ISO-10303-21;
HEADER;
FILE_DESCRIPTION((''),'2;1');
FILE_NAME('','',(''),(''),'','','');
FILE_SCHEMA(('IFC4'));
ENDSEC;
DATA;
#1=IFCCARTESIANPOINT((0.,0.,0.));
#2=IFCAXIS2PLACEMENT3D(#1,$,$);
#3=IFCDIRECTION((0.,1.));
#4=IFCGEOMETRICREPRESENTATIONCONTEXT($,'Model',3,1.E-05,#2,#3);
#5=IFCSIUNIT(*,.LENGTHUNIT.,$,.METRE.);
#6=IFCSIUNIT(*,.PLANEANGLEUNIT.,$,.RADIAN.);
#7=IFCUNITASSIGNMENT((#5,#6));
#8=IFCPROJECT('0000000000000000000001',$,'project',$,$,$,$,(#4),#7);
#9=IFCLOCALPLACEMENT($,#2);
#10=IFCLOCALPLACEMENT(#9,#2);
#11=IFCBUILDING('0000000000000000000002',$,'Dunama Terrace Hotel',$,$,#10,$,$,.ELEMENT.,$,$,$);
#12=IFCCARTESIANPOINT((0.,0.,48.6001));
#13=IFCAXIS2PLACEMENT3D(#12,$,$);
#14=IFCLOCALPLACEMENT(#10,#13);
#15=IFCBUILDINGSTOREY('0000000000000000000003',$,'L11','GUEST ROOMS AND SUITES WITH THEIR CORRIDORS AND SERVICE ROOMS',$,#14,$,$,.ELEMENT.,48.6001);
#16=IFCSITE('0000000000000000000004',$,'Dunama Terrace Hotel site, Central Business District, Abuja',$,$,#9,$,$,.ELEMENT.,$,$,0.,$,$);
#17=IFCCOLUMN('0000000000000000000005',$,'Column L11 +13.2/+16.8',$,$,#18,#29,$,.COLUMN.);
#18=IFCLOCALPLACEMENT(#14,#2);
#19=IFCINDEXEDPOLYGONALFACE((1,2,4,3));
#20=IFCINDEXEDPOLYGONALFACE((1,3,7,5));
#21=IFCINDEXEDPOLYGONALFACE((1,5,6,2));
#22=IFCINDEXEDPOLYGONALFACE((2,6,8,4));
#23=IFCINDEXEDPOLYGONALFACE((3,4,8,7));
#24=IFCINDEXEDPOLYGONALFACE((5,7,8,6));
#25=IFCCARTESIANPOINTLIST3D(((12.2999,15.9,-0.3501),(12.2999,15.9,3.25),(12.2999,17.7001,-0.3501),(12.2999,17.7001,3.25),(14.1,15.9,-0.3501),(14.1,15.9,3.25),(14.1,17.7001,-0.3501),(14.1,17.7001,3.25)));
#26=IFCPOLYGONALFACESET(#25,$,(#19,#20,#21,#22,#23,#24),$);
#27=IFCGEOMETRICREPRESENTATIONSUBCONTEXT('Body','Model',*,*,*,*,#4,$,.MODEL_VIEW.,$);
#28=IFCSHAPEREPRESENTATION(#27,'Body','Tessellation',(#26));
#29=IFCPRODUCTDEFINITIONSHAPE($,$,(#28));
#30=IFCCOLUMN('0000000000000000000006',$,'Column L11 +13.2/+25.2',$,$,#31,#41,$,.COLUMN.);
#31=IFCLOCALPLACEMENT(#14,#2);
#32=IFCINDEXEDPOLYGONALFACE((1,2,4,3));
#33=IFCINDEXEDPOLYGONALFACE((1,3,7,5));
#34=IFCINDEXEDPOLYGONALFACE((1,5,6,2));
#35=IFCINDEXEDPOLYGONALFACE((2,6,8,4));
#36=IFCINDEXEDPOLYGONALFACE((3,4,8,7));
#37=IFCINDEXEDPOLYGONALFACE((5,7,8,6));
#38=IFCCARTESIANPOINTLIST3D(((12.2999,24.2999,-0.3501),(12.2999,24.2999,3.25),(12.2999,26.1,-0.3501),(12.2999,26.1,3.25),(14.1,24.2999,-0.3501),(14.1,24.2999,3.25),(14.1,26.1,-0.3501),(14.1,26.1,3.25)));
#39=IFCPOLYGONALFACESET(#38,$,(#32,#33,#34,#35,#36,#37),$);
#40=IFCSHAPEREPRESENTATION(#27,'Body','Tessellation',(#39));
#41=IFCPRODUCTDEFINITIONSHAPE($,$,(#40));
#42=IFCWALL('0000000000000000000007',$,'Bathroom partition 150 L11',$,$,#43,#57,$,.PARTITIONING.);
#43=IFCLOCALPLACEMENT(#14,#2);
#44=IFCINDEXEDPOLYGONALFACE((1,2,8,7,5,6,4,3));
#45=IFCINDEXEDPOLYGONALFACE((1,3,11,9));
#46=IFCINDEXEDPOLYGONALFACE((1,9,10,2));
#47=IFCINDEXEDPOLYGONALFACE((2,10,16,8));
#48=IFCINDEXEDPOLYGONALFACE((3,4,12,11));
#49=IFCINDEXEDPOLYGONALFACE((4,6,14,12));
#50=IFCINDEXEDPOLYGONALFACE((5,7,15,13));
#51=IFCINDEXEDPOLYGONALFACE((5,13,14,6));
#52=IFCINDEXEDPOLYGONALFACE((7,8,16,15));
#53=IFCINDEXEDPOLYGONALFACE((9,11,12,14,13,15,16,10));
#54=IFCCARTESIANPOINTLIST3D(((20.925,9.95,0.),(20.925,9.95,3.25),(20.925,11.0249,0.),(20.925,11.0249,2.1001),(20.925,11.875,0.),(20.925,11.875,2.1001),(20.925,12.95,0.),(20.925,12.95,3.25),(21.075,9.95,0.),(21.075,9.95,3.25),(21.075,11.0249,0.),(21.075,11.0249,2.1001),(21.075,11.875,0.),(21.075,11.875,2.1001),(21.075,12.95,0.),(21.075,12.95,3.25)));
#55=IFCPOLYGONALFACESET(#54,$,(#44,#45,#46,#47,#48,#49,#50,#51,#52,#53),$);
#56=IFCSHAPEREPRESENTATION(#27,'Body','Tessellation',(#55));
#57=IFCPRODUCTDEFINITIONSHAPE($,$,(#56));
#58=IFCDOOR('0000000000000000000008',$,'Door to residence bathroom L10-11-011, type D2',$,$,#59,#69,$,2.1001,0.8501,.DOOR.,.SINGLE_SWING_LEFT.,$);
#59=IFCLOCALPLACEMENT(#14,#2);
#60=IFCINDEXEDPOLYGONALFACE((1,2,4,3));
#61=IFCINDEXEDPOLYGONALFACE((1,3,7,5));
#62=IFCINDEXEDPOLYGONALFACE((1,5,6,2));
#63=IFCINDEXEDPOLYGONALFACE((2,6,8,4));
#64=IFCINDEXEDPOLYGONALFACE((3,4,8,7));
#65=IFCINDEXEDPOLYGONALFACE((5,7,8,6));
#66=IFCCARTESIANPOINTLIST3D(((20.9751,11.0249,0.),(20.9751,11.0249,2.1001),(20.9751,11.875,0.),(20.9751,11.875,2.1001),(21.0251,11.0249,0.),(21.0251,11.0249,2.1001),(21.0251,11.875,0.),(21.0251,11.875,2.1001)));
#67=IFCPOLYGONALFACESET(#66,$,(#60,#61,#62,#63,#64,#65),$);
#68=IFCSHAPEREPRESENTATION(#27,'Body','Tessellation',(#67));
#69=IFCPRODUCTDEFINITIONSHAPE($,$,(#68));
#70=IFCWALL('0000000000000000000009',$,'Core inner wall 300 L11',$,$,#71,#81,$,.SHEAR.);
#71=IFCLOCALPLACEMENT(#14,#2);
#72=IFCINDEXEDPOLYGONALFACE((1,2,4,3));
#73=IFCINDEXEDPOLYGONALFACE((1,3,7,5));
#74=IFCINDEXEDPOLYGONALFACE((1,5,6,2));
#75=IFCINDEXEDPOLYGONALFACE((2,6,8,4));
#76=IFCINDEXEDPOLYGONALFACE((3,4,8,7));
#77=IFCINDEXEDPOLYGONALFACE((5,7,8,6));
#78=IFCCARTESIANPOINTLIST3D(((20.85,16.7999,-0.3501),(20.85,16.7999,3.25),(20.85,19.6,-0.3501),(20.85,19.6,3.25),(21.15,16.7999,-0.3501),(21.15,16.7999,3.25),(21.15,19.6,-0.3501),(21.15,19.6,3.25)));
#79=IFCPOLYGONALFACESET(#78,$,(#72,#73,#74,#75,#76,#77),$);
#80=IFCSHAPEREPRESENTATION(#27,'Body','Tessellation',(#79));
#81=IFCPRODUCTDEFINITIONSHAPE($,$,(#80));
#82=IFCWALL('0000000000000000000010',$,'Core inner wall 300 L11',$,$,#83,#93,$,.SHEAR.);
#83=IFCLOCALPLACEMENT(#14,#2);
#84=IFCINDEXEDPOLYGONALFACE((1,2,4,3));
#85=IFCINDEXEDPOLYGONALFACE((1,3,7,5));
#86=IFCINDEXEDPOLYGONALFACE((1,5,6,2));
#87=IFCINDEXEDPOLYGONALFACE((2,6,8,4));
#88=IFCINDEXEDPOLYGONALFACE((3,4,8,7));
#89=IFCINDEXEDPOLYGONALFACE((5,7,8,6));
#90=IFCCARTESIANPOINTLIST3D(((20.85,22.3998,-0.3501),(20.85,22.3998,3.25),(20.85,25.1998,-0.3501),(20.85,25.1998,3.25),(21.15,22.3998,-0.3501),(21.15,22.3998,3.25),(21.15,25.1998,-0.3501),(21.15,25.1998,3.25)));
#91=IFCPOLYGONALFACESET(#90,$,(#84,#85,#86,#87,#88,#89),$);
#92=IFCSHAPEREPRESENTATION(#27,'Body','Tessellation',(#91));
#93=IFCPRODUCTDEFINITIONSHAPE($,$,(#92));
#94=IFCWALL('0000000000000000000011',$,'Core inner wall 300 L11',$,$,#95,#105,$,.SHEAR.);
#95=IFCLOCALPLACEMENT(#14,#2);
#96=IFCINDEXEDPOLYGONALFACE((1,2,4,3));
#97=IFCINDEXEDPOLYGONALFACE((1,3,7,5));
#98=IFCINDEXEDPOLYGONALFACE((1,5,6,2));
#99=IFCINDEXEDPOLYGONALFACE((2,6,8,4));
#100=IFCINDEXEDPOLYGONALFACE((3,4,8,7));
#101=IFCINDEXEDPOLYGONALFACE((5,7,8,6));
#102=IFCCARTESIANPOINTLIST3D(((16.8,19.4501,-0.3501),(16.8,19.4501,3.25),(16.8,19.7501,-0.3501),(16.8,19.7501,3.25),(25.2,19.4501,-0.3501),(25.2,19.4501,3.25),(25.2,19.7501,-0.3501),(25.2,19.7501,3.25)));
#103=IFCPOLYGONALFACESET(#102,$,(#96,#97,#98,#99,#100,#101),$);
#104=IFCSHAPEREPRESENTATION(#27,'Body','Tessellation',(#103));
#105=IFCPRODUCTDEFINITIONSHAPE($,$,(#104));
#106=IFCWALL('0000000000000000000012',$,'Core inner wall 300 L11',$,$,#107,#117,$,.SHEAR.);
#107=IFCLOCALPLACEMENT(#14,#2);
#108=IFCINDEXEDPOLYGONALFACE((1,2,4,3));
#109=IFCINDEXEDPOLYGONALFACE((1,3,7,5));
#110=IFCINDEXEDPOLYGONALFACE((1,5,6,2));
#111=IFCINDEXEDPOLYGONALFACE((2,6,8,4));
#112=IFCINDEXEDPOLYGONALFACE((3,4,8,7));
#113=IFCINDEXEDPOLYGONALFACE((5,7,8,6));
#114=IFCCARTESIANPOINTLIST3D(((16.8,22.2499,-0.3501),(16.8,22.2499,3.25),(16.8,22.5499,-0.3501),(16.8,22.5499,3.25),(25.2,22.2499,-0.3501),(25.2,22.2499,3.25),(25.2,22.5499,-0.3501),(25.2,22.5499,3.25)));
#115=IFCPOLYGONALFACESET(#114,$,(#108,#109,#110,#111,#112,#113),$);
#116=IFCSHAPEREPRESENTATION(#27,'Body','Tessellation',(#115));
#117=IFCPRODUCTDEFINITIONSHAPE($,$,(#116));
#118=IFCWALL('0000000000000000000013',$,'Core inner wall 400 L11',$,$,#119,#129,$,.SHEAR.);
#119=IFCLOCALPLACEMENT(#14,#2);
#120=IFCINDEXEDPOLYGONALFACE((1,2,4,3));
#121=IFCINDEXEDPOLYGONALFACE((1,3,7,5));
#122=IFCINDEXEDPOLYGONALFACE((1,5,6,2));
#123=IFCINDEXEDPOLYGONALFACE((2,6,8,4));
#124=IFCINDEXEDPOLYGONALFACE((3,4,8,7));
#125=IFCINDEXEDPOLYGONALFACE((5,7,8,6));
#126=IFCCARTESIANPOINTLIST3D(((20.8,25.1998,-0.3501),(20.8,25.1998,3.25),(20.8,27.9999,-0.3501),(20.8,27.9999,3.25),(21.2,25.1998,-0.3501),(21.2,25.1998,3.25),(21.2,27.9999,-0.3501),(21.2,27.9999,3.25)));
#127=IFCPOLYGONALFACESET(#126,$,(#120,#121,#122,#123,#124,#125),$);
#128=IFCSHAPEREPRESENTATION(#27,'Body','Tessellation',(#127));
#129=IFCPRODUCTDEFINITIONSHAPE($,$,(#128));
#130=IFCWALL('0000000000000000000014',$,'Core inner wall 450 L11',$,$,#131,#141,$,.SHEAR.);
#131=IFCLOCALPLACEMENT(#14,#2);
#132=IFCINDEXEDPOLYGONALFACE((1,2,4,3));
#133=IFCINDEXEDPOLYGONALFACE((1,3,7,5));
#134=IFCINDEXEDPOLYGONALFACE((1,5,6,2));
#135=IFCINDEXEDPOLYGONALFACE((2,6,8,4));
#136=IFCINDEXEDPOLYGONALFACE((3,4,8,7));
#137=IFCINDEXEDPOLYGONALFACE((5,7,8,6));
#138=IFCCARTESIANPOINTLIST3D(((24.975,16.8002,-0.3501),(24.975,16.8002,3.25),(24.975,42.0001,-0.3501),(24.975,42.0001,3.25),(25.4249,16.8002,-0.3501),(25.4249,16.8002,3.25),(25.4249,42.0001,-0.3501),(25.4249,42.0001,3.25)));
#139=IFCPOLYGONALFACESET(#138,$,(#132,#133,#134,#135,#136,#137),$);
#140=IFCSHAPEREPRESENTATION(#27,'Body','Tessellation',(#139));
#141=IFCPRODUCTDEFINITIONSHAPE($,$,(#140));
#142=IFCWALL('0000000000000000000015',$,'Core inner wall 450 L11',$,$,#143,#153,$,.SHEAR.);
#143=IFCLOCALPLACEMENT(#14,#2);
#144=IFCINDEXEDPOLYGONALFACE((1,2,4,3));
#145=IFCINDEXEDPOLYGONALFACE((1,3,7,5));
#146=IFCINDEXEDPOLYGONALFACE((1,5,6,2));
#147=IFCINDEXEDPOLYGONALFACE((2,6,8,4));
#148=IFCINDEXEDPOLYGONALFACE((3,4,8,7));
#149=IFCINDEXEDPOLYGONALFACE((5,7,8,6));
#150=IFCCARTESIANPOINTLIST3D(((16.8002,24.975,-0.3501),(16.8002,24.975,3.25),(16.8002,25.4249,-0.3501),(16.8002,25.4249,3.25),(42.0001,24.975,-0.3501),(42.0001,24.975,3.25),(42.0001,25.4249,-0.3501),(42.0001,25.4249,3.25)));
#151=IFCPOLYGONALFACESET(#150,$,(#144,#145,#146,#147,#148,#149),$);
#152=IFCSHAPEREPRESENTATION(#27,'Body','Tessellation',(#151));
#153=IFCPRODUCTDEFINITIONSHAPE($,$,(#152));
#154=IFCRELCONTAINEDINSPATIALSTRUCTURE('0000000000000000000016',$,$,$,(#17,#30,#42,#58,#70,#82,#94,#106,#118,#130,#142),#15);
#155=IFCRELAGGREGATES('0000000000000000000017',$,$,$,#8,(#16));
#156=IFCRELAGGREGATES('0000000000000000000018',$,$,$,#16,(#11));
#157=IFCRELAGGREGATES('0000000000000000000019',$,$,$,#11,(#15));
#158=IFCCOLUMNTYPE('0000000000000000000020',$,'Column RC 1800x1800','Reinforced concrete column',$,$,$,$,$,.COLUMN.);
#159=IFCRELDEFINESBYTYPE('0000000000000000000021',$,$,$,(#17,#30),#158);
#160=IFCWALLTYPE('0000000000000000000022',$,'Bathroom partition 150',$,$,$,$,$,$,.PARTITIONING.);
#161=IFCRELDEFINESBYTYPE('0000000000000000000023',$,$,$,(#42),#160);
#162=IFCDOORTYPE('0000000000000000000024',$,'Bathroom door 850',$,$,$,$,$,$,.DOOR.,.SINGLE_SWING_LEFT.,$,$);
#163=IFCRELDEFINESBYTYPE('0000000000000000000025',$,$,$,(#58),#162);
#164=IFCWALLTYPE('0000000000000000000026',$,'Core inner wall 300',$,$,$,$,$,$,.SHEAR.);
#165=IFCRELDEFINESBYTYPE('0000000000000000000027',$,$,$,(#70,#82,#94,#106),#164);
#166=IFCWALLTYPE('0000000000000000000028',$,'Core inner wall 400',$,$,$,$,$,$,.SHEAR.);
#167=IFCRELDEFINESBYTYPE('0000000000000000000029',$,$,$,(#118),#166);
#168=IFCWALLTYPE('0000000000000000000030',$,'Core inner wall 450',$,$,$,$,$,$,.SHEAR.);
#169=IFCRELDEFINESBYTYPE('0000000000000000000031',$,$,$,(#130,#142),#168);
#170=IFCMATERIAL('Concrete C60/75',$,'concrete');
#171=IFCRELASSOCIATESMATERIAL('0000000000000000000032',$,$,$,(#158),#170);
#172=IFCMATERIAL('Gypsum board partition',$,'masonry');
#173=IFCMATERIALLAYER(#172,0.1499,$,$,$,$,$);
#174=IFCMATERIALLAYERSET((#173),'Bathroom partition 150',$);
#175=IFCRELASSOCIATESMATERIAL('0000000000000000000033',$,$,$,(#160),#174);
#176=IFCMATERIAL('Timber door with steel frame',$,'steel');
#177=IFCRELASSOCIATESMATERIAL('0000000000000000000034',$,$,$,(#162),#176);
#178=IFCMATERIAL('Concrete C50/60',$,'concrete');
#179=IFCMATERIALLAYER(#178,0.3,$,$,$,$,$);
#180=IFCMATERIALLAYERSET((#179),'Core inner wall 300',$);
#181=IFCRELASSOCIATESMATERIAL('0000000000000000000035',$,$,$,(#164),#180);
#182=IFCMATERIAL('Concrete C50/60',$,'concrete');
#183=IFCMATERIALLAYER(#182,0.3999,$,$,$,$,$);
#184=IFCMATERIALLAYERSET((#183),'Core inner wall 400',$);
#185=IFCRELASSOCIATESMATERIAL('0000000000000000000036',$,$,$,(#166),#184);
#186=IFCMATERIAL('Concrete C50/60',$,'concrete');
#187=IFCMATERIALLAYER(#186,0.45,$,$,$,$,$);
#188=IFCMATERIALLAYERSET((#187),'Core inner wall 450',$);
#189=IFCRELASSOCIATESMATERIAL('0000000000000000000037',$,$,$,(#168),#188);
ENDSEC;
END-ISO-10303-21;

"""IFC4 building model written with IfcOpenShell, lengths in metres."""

from ifc_helpers import new_model, si_unit, direction, frame, frame_2d, origin, origin_2d, place, context, subcontext, project, spatial, rectangle, extrude, material, layer, layer_set, material_profile, profile_set, type_object, element, fill, save


model = new_model("IFC4")

# Units and contexts
model_context = context("Model", 3, precision=1e-05, world=origin(), true_north=direction((0.0, 1.0)))
body_context = subcontext(model_context, "Body", "Model", "MODEL_VIEW")
ifc_project = project(units=[si_unit("LENGTHUNIT", "METRE"), si_unit("PLANEANGLEUNIT", "RADIAN")], contexts=[model_context])

# Site, building, storey
site_placement = place(None, origin())
site = spatial("IfcSite", under=ifc_project, at=site_placement, Name="Dunama Terrace Hotel site, Central Business District, Abuja", CompositionType="ELEMENT", RefElevation=0.0)
building_placement = place(site_placement, origin())
building = spatial("IfcBuilding", under=site, at=building_placement, Name="Dunama Terrace Hotel", CompositionType="ELEMENT")
storey_placement = place(building_placement, frame((0.0, 0.0, 48.6001)))
storey = spatial("IfcBuildingStorey", under=building, at=storey_placement, Name="L11", Description="GUEST ROOMS AND SUITES WITH THEIR CORRIDORS AND SERVICE ROOMS", CompositionType="ELEMENT", Elevation=48.6001)

# Columns
ifc_material_1 = material(Name="Concrete C60/75", Category="concrete")
ifc_material_profile = material_profile(ifc_material_1, rectangle(XDim=1.8, YDim=1.8, at=origin_2d()), Name="RC 1800x1800")
ifc_profile_set = profile_set([ifc_material_profile], Name="Concrete C60/75")
column_type = type_object("IfcColumnType", Name="Column RC 1800x1800", Description="Reinforced concrete column", PredefinedType="COLUMN", material=ifc_profile_set)
for number, where, z_axis, x_axis, name in (
    (1, (13.2, 16.8, -0.3501), (0.0, 0.0, 1.0), (1.0, 0.0, 0.0), "Column L11 +13.2/+16.8"),
    (2, (13.2, 25.2, -0.3501), (0.0, 0.0, 1.0), (1.0, 0.0, 0.0), "Column L11 +13.2/+25.2"),
):
    element("IfcColumn", number, at=place(storey_placement, frame(where, z_axis=z_axis, x_axis=x_axis)), inside=storey, type_object=column_type, Name=name, PredefinedType="COLUMN", context=body_context, shape_type="SweptSolid", body=[
        extrude(rectangle(XDim=1.8, YDim=1.8, at=origin_2d()), origin(), (0.0, 0.0, 1.0), 3.6001),
    ])

# Wall, opening, door
ifc_material_2 = material(Name="Gypsum board partition", Category="masonry")
ifc_layer_1 = layer(ifc_material_2, 0.1499)
ifc_layer_set_1 = layer_set([ifc_layer_1], Name="Bathroom partition 150")
wall_type_1 = type_object("IfcWallType", Name="Bathroom partition 150", PredefinedType="PARTITIONING", material=ifc_layer_set_1)
wall_1_placement = place(storey_placement, frame((21.0, 9.95, 0.0), z_axis=(0.0, 0.0, 1.0), x_axis=(0.0, 1.0, 0.0)))
wall_1 = element("IfcWall", 3, at=wall_1_placement, inside=storey, type_object=wall_type_1, Name="Bathroom partition 150 L11", PredefinedType="PARTITIONING", context=body_context, shape_type="SweptSolid", body=[
    extrude(rectangle(XDim=3.0, YDim=0.1499, at=frame_2d((1.5, 0.0))), origin(), (0.0, 0.0, 1.0), 3.25),
])
opening_1_placement = place(wall_1_placement, frame((1.075, 0.0, 0.0)))
opening_1 = element("IfcOpeningElement", 4, at=opening_1_placement, cuts=wall_1, PredefinedType="OPENING", context=body_context, shape_type="SweptSolid", body=[
    extrude(rectangle(XDim=0.8501, YDim=2.1001, at=frame_2d((0.425, 1.05))), frame((0.0, 0.085, 0.0), z_axis=(0.0, -1.0, 0.0), x_axis=(1.0, 0.0, 0.0)), (0.0, 0.0, 1.0), 0.1699),
])
ifc_material_3 = material(Name="Timber door with steel frame", Category="steel")
door_type_1 = type_object("IfcDoorType", Name="Bathroom door 850", OperationType="SINGLE_SWING_LEFT", PredefinedType="DOOR", material=ifc_material_3)
door_1_placement = place(opening_1_placement, frame((0.8501, 0.0, 0.0), z_axis=(0.0, 0.0, 1.0), x_axis=(-1.0, 0.0, 0.0)))
door_1 = element("IfcDoor", 5, at=door_1_placement, inside=storey, type_object=door_type_1, Name="Door to residence bathroom L10-11-011, type D2", OperationType="SINGLE_SWING_LEFT", OverallHeight=2.1001, OverallWidth=0.8501, PredefinedType="DOOR", context=body_context, shape_type="SweptSolid", body=[
    extrude(rectangle(XDim=0.8501, YDim=2.1001, at=frame_2d((0.425, 1.05))), frame((0.0, 0.0251, 0.0), z_axis=(0.0, -1.0, 0.0), x_axis=(1.0, 0.0, 0.0)), (0.0, 0.0, 1.0), 0.05),
])
fill(opening_1, door_1)

# Walls
ifc_material_4 = material(Name="Concrete C50/60", Category="concrete")
ifc_layer_2 = layer(ifc_material_4, 0.3)
ifc_layer_set_2 = layer_set([ifc_layer_2], Name="Core inner wall 300")
wall_type_2 = type_object("IfcWallType", Name="Core inner wall 300", PredefinedType="SHEAR", material=ifc_layer_set_2)
for number, where, z_axis, x_axis, name in (
    (6, (21.0, 16.8, -0.3501), (0.0, 0.0, 1.0), (0.0, 1.0, 0.0), "Core inner wall 300 L11"),
    (7, (21.0, 22.3999, -0.3501), (0.0, 0.0, 1.0), (0.0, 1.0, 0.0), "Core inner wall 300 L11"),
):
    element("IfcWall", number, at=place(storey_placement, frame(where, z_axis=z_axis, x_axis=x_axis)), inside=storey, type_object=wall_type_2, Name=name, PredefinedType="SHEAR", context=body_context, shape_type="SweptSolid", body=[
        extrude(rectangle(XDim=2.8, YDim=0.3, at=frame_2d((1.3999, 0.0))), origin(), (0.0, 0.0, 1.0), 3.6001),
    ])
for number, where, z_axis, x_axis, name in (
    (8, (16.8, 19.6001, -0.3501), (0.0, 0.0, 1.0), (1.0, 0.0, 0.0), "Core inner wall 300 L11"),
    (9, (16.8, 22.3999, -0.3501), (0.0, 0.0, 1.0), (1.0, 0.0, 0.0), "Core inner wall 300 L11"),
):
    element("IfcWall", number, at=place(storey_placement, frame(where, z_axis=z_axis, x_axis=x_axis)), inside=storey, type_object=wall_type_2, Name=name, PredefinedType="SHEAR", context=body_context, shape_type="SweptSolid", body=[
        extrude(rectangle(XDim=8.3999, YDim=0.3, at=frame_2d((4.2, 0.0))), origin(), (0.0, 0.0, 1.0), 3.6001),
    ])
ifc_material_5 = material(Name="Concrete C50/60", Category="concrete")
ifc_layer_3 = layer(ifc_material_5, 0.3999)
ifc_layer_set_3 = layer_set([ifc_layer_3], Name="Core inner wall 400")
wall_type_3 = type_object("IfcWallType", Name="Core inner wall 400", PredefinedType="SHEAR", material=ifc_layer_set_3)
wall_2_placement = place(storey_placement, frame((21.0, 25.2, -0.3501), z_axis=(0.0, 0.0, 1.0), x_axis=(0.0, 1.0, 0.0)))
element("IfcWall", 10, at=wall_2_placement, inside=storey, type_object=wall_type_3, Name="Core inner wall 400 L11", PredefinedType="SHEAR", context=body_context, shape_type="SweptSolid", body=[
    extrude(rectangle(XDim=2.8, YDim=0.3999, at=frame_2d((1.3999, 0.0))), origin(), (0.0, 0.0, 1.0), 3.6001),
])
ifc_material_6 = material(Name="Concrete C50/60", Category="concrete")
ifc_layer_4 = layer(ifc_material_6, 0.45)
ifc_layer_set_4 = layer_set([ifc_layer_4], Name="Core inner wall 450")
wall_type_4 = type_object("IfcWallType", Name="Core inner wall 450", PredefinedType="SHEAR", material=ifc_layer_set_4)
for number, where, z_axis, x_axis, name in (
    (11, (25.2, 16.8, -0.3501), (0.0, 0.0, 1.0), (0.0, 1.0, 0.0), "Core inner wall 450 L11"),
    (12, (16.8, 25.2, -0.3501), (0.0, 0.0, 1.0), (1.0, 0.0, 0.0), "Core inner wall 450 L11"),
):
    element("IfcWall", number, at=place(storey_placement, frame(where, z_axis=z_axis, x_axis=x_axis)), inside=storey, type_object=wall_type_4, Name=name, PredefinedType="SHEAR", context=body_context, shape_type="SweptSolid", body=[
        extrude(rectangle(XDim=25.2, YDim=0.45, at=frame_2d((12.6001, 0.0))), origin(), (0.0, 0.0, 1.0), 3.6001),
    ])

save(model, "model.ifc")
